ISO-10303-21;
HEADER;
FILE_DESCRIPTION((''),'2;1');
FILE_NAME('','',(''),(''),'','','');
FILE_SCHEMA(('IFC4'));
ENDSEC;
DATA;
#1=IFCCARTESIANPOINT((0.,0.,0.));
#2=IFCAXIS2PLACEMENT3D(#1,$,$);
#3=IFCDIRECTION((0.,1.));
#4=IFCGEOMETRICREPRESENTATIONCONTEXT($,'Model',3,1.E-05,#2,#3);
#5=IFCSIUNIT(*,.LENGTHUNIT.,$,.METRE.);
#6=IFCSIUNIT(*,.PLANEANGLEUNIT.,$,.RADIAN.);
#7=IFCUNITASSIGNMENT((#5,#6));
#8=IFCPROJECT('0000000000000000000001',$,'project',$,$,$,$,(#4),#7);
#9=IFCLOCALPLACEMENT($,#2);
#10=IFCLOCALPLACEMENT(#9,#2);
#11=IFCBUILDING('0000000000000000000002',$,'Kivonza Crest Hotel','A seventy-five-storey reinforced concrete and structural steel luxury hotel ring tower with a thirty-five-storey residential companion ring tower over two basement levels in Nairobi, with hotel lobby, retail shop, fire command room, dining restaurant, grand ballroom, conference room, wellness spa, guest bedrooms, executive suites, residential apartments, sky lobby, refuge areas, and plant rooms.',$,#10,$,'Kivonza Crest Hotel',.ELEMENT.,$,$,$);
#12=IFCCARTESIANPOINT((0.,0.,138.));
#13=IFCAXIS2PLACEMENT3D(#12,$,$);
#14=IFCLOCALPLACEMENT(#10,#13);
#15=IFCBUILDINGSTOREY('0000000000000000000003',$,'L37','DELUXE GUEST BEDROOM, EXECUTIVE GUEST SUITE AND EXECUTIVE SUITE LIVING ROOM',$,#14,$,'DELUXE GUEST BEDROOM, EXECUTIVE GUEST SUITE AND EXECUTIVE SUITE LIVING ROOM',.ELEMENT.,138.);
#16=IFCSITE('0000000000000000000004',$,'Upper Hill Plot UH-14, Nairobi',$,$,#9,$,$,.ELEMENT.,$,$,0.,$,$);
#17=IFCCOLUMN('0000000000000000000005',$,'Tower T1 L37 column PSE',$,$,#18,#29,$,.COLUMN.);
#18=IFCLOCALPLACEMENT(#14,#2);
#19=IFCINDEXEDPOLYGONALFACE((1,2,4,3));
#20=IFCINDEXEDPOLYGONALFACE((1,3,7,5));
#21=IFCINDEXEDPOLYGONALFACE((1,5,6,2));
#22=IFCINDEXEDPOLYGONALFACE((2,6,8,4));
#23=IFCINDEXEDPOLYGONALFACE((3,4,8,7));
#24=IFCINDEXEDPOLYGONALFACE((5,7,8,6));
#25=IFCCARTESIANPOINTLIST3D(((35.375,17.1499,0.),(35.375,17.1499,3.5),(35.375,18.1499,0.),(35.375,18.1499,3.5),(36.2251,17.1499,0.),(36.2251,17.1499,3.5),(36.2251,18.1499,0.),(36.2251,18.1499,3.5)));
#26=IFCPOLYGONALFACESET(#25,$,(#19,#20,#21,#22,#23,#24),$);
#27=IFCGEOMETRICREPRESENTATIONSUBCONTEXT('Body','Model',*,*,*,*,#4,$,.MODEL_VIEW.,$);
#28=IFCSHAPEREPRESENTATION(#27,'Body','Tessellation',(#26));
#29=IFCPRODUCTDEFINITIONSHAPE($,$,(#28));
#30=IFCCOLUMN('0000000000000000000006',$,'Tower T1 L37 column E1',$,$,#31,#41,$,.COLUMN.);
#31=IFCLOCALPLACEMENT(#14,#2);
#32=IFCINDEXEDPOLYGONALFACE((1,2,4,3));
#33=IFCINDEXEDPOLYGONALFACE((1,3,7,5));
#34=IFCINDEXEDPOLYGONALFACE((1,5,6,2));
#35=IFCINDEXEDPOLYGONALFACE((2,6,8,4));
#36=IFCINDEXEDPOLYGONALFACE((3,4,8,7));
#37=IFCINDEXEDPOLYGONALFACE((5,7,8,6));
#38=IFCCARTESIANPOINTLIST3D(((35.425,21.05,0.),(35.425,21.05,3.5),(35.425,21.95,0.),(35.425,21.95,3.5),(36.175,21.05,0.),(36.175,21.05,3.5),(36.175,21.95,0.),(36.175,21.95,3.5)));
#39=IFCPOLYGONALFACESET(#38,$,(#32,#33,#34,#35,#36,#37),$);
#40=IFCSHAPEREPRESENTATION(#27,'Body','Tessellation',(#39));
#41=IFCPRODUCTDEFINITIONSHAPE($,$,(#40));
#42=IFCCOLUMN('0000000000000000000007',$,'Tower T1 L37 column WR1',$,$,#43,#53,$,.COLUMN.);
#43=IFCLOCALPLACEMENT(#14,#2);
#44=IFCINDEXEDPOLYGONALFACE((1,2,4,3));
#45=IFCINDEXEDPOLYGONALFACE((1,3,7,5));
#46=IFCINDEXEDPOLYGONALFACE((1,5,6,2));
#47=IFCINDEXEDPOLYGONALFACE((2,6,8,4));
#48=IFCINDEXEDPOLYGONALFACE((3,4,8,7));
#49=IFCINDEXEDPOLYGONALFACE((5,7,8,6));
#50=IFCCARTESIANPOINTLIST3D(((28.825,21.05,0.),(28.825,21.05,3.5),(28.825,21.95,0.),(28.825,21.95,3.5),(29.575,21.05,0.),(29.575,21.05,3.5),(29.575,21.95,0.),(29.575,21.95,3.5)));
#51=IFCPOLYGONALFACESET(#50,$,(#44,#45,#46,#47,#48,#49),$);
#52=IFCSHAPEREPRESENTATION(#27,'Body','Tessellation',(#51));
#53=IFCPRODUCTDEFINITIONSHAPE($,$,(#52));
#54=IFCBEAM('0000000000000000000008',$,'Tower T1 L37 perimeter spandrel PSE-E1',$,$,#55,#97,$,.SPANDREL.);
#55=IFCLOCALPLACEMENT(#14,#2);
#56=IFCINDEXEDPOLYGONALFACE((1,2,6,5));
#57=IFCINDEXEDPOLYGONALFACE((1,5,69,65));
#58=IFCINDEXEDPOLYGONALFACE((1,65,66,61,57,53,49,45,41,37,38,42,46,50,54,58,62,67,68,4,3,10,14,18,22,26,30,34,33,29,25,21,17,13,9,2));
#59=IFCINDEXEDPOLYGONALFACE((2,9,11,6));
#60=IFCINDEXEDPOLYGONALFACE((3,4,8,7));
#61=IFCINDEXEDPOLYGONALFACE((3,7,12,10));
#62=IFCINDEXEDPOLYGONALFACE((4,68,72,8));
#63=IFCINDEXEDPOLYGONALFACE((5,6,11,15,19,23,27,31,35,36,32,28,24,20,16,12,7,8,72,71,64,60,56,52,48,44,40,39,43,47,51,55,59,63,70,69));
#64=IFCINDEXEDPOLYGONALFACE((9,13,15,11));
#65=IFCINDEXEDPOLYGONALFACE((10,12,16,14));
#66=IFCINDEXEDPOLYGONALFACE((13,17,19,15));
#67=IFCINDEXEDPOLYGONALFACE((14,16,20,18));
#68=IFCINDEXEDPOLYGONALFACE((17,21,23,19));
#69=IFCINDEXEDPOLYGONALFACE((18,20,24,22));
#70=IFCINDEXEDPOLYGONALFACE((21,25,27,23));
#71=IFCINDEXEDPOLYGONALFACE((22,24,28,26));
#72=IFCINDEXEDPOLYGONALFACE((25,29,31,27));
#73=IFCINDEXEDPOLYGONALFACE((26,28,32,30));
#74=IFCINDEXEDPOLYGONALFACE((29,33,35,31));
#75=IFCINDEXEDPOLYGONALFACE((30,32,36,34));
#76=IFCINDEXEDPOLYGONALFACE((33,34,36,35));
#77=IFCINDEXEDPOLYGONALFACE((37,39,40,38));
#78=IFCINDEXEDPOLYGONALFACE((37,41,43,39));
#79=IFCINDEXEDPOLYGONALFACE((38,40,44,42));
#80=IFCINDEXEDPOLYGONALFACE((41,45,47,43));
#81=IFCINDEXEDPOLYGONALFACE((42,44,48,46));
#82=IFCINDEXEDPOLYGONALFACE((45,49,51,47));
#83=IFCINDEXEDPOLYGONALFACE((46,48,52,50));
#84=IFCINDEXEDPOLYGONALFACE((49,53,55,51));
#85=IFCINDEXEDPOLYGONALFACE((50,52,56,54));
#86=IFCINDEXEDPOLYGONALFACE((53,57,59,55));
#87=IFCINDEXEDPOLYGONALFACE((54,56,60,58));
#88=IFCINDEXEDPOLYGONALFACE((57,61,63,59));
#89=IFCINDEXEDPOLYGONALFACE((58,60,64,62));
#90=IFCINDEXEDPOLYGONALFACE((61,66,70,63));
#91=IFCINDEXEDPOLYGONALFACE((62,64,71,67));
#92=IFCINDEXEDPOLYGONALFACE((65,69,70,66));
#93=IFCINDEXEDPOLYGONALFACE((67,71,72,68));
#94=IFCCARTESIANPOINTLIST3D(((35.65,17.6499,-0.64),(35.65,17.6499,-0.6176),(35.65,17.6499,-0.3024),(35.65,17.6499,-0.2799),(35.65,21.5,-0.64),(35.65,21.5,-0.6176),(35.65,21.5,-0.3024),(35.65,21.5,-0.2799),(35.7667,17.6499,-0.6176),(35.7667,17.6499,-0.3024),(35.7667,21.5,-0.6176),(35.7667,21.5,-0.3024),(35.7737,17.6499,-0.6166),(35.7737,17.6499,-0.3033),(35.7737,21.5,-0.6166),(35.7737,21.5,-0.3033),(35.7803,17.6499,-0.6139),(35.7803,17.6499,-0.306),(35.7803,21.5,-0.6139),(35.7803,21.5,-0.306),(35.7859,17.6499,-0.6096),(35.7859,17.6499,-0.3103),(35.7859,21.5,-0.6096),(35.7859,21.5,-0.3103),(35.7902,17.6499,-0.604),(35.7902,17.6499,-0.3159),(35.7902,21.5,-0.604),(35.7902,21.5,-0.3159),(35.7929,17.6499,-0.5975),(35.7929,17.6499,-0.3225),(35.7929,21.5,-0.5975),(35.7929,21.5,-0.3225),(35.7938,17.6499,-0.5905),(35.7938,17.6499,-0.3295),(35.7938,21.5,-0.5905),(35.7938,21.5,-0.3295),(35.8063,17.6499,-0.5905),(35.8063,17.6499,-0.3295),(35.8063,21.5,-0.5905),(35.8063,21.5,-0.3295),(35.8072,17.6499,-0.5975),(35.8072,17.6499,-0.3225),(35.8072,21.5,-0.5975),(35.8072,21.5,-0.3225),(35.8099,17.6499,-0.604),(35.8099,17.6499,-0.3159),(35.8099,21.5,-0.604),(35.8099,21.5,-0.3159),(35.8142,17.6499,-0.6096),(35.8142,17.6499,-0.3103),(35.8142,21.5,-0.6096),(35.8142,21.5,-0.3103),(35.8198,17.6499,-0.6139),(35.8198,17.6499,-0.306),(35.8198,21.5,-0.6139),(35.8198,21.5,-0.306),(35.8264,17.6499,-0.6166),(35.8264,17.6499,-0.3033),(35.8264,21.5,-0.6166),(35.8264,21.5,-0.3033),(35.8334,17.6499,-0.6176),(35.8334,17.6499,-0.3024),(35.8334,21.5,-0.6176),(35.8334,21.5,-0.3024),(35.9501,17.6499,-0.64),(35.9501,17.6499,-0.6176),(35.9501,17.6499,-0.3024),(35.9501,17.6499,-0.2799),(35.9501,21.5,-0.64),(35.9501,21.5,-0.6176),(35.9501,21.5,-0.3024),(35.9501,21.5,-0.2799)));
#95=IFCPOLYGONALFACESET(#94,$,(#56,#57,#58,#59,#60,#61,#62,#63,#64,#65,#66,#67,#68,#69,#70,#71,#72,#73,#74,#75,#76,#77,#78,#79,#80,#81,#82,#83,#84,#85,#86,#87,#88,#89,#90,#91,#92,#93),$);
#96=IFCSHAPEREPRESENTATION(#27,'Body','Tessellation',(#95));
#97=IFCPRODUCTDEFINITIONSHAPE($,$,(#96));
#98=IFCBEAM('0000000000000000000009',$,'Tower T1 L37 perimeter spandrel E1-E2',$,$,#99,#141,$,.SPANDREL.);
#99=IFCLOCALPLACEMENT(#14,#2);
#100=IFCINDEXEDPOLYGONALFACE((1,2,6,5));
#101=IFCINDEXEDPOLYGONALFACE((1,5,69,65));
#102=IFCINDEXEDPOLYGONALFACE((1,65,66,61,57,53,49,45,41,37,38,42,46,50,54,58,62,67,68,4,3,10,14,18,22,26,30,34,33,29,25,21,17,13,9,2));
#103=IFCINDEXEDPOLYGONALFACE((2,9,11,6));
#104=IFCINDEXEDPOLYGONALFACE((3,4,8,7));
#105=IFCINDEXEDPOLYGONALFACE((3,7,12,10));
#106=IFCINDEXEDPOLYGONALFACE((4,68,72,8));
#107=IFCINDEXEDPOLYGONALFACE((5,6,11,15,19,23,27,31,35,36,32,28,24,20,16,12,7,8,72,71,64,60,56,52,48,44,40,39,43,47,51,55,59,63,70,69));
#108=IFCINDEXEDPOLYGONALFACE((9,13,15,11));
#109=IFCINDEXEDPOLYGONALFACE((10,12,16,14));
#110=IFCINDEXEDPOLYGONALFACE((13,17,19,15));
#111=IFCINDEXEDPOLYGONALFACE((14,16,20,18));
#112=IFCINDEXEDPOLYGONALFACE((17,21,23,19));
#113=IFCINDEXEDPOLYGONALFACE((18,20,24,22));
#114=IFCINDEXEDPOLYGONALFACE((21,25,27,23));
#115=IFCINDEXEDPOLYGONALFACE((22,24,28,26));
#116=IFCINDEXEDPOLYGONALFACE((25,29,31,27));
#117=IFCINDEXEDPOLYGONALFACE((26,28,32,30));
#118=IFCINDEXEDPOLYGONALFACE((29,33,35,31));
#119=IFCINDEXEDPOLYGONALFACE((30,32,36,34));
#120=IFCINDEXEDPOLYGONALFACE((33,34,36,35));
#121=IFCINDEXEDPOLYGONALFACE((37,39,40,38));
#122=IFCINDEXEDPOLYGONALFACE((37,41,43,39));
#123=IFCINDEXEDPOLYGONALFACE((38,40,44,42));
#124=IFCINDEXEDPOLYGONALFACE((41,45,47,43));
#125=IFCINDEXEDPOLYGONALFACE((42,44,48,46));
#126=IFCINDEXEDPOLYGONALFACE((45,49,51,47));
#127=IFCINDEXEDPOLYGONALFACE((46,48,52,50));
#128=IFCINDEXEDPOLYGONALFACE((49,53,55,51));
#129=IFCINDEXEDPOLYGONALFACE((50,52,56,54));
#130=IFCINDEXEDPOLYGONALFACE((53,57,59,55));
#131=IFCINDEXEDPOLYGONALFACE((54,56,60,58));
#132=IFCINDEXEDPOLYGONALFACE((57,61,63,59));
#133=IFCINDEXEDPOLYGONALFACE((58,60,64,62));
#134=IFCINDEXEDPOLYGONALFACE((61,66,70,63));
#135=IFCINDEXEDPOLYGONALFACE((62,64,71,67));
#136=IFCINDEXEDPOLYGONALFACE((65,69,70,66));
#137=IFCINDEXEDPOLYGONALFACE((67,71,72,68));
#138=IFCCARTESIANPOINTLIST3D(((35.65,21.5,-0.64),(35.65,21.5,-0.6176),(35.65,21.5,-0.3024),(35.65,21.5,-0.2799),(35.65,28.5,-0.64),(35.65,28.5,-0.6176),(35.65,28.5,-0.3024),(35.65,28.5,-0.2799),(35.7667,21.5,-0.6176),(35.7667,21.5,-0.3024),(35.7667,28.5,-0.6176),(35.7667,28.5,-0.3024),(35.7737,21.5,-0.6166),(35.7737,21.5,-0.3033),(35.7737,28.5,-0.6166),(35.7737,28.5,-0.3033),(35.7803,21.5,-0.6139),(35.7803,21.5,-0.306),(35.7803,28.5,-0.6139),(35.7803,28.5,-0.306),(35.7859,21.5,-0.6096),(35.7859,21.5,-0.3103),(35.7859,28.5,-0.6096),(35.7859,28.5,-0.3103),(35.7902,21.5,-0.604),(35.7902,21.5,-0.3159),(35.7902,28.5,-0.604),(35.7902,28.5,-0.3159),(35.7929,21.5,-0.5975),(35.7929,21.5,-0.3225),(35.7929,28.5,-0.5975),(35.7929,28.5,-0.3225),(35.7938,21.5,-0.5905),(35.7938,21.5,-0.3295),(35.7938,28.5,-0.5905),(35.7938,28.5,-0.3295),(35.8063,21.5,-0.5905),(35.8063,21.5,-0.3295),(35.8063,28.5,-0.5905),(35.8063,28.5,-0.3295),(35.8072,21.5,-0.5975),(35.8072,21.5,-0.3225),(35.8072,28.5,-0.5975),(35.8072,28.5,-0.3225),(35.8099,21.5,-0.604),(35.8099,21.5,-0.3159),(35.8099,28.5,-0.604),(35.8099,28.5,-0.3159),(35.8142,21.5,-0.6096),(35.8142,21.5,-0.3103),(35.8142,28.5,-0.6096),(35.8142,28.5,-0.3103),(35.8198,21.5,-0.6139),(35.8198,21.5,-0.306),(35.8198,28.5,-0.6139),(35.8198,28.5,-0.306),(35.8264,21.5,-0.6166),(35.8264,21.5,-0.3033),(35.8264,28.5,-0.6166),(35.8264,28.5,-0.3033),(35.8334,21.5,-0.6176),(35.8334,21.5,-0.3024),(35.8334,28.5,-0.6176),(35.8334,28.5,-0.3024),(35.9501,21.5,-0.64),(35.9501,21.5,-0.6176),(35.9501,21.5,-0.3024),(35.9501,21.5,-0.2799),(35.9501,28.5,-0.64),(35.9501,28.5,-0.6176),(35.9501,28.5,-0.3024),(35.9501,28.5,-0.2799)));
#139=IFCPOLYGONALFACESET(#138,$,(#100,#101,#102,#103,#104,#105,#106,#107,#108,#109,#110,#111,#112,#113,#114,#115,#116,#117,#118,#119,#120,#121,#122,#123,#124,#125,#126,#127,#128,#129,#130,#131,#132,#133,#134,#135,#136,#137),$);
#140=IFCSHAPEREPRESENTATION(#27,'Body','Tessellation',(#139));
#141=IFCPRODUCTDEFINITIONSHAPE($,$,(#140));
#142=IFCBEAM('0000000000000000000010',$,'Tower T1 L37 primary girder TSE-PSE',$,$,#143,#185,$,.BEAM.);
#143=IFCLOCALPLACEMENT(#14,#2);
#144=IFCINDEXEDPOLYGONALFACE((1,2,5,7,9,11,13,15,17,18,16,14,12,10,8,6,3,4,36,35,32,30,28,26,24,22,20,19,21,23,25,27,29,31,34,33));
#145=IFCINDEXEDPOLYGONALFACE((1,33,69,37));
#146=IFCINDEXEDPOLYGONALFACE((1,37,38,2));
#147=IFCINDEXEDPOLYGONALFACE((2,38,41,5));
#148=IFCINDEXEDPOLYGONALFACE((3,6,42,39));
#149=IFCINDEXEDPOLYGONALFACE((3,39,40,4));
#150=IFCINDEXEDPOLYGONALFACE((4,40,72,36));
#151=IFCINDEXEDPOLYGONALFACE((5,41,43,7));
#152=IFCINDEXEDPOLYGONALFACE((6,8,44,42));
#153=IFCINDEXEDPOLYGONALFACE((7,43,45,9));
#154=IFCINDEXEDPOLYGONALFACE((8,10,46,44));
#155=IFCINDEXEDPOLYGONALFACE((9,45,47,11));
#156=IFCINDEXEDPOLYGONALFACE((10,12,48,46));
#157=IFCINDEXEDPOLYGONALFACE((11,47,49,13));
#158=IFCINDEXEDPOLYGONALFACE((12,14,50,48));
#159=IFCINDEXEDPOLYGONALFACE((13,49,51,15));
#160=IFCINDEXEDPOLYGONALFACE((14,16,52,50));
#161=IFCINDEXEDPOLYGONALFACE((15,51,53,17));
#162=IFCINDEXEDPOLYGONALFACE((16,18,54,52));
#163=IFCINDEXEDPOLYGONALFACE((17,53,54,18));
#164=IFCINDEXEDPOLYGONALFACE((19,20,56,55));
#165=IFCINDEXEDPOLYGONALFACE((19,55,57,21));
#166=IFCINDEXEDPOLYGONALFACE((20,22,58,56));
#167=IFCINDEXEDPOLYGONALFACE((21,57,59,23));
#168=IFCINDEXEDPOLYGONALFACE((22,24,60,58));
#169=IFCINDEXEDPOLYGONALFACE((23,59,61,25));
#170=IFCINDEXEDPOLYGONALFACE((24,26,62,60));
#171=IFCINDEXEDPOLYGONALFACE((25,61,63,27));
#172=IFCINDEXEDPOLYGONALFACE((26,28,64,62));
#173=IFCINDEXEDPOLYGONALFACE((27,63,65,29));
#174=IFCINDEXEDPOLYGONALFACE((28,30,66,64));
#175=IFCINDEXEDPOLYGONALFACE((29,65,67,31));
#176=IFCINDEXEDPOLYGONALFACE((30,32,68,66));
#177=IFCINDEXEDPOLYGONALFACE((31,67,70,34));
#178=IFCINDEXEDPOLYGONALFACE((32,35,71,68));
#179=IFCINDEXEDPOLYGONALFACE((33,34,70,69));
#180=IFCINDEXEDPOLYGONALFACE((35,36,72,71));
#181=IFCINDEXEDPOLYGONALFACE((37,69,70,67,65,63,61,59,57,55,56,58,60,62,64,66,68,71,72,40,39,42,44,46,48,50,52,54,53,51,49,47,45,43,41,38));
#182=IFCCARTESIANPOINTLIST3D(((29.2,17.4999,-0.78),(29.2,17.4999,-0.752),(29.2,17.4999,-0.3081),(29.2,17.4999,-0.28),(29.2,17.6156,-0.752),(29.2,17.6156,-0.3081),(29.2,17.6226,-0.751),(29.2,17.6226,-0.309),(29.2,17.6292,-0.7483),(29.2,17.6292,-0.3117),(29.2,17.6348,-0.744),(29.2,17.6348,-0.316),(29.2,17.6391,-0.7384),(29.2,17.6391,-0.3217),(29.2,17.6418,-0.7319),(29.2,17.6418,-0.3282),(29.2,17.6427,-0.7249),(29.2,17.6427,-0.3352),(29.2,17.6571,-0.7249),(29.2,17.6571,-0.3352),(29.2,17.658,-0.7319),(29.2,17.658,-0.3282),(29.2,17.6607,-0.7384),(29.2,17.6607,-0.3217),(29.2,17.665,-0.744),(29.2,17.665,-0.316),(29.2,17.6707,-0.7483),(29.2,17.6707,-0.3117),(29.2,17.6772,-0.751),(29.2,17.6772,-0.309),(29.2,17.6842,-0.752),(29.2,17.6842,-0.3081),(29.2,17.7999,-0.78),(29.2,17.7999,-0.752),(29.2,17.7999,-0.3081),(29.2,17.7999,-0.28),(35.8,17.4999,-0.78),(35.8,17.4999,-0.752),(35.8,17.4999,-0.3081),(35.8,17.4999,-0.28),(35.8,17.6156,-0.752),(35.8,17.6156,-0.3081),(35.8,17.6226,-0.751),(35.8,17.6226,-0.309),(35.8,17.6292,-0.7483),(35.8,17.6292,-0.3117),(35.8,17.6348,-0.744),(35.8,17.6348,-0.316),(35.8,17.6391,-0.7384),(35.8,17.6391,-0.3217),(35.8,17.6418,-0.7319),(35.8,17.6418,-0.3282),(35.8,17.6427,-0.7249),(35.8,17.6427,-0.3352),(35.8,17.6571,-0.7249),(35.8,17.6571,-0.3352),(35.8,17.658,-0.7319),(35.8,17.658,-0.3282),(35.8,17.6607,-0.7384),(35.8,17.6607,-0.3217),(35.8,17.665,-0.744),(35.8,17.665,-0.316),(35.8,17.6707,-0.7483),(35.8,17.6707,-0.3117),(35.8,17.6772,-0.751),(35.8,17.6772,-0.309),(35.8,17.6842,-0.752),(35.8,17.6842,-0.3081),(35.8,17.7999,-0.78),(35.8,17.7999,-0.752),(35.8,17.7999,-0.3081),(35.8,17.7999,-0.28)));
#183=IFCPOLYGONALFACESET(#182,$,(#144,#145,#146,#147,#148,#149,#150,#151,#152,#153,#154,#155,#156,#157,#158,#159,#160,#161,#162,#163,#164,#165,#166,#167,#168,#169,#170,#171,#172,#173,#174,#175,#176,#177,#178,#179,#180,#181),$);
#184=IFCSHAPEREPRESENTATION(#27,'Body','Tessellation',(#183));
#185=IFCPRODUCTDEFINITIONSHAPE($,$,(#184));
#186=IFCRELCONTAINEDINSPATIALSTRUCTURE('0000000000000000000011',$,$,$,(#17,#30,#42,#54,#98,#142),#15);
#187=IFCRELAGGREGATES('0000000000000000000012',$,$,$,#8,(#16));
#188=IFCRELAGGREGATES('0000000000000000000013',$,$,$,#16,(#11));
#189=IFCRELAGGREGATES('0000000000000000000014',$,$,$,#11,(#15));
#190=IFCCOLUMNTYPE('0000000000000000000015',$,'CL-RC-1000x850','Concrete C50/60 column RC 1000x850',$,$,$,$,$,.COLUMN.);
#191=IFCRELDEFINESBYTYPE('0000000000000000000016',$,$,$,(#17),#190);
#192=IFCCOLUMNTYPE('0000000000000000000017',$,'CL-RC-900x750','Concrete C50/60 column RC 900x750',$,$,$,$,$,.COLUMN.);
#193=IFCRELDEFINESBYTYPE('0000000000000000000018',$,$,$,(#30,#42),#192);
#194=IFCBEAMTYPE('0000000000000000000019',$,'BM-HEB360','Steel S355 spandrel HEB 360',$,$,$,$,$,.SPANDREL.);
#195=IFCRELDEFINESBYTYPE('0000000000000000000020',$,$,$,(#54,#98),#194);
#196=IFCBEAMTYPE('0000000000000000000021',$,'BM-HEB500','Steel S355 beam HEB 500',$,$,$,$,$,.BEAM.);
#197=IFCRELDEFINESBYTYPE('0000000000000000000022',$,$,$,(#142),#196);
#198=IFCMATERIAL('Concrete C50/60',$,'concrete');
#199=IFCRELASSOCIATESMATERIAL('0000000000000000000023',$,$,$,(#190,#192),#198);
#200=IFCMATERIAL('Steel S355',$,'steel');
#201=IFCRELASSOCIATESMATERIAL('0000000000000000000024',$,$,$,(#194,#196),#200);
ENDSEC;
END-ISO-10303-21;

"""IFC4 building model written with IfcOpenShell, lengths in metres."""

from ifc_helpers import new_model, si_unit, direction, frame, origin, origin_2d, place, context, subcontext, project, spatial, rectangle, i_section, extrude, material, material_profile, profile_set, type_object, element, save


model = new_model("IFC4")

# Units and contexts
model_context = context("Model", 3, precision=1e-05, world=origin(), true_north=direction((0.0, 1.0)))
body_context = subcontext(model_context, "Body", "Model", "MODEL_VIEW")
ifc_project = project(units=[si_unit("LENGTHUNIT", "METRE"), si_unit("PLANEANGLEUNIT", "RADIAN")], contexts=[model_context])

# Site, building, storey
site_placement = place(None, origin())
site = spatial("IfcSite", under=ifc_project, at=site_placement, Name="Upper Hill Plot UH-14, Nairobi", CompositionType="ELEMENT", RefElevation=0.0)
building_placement = place(site_placement, origin())
building = spatial("IfcBuilding", under=site, at=building_placement, Name="Kivonza Crest Hotel", Description="A seventy-five-storey reinforced concrete and structural steel luxury hotel ring tower with a thirty-five-storey residential companion ring tower over two basement levels in Nairobi, with hotel lobby, retail shop, fire command room, dining restaurant, grand ballroom, conference room, wellness spa, guest bedrooms, executive suites, residential apartments, sky lobby, refuge areas, and plant rooms.", LongName="Kivonza Crest Hotel", CompositionType="ELEMENT")
storey_placement = place(building_placement, frame((0.0, 0.0, 138.0)))
storey = spatial("IfcBuildingStorey", under=building, at=storey_placement, Name="L37", Description="DELUXE GUEST BEDROOM, EXECUTIVE GUEST SUITE AND EXECUTIVE SUITE LIVING ROOM", LongName="DELUXE GUEST BEDROOM, EXECUTIVE GUEST SUITE AND EXECUTIVE SUITE LIVING ROOM", CompositionType="ELEMENT", Elevation=138.0)

# Columns
ifc_material_1 = material(Name="Concrete C50/60", Category="concrete")
ifc_material_profile_1 = material_profile(ifc_material_1, rectangle(XDim=0.8501, YDim=1.0, at=origin_2d()), Name="RC 1000x850")
ifc_profile_set_1 = profile_set([ifc_material_profile_1], Name="Concrete C50/60")
column_type_1 = type_object("IfcColumnType", Name="CL-RC-1000x850", Description="Concrete C50/60 column RC 1000x850", PredefinedType="COLUMN", material=ifc_profile_set_1)
column_placement = place(storey_placement, frame((35.8, 17.6499, 0.0), z_axis=(0.0, 0.0, 1.0), x_axis=(1.0, 0.0, 0.0)))
element("IfcColumn", 1, at=column_placement, inside=storey, type_object=column_type_1, Name="Tower T1 L37 column PSE", PredefinedType="COLUMN", context=body_context, shape_type="SweptSolid", body=[
    extrude(rectangle(XDim=0.8501, YDim=1.0, at=origin_2d()), origin(), (0.0, 0.0, 1.0), 3.5),
])
ifc_material_profile_2 = material_profile(ifc_material_1, rectangle(XDim=0.75, YDim=0.8999, at=origin_2d()), Name="RC 900x750")
ifc_profile_set_2 = profile_set([ifc_material_profile_2], Name="Concrete C50/60")
column_type_2 = type_object("IfcColumnType", Name="CL-RC-900x750", Description="Concrete C50/60 column RC 900x750", PredefinedType="COLUMN", material=ifc_profile_set_2)
for number, where, z_axis, x_axis, name in (
    (2, (35.8, 21.5, 0.0), (0.0, 0.0, 1.0), (1.0, 0.0, 0.0), "Tower T1 L37 column E1"),
    (3, (29.2, 21.5, 0.0), (0.0, 0.0, 1.0), (1.0, 0.0, 0.0), "Tower T1 L37 column WR1"),
):
    element("IfcColumn", number, at=place(storey_placement, frame(where, z_axis=z_axis, x_axis=x_axis)), inside=storey, type_object=column_type_2, Name=name, PredefinedType="COLUMN", context=body_context, shape_type="SweptSolid", body=[
        extrude(rectangle(XDim=0.75, YDim=0.8999, at=origin_2d()), origin(), (0.0, 0.0, 1.0), 3.5),
    ])

# Beams
ifc_material_2 = material(Name="Steel S355", Category="steel")
ifc_material_profile_3 = material_profile(ifc_material_2, i_section(OverallWidth=0.3, OverallDepth=0.3601, WebThickness=0.0125, FlangeThickness=0.0225, FilletRadius=0.0271, at=origin_2d()), Name="HEB 360")
ifc_profile_set_3 = profile_set([ifc_material_profile_3], Name="Steel S355")
beam_type_1 = type_object("IfcBeamType", Name="BM-HEB360", Description="Steel S355 spandrel HEB 360", PredefinedType="SPANDREL", material=ifc_profile_set_3)
beam_1_placement = place(storey_placement, frame((35.8, 17.6499, -0.46), z_axis=(0.0, 1.0, 0.0), x_axis=(-1.0, 0.0, 0.0)))
element("IfcBeam", 4, at=beam_1_placement, inside=storey, type_object=beam_type_1, Name="Tower T1 L37 perimeter spandrel PSE-E1", PredefinedType="SPANDREL", context=body_context, shape_type="SweptSolid", body=[
    extrude(i_section(OverallWidth=0.3, OverallDepth=0.3601, WebThickness=0.0125, FlangeThickness=0.0225, FilletRadius=0.0271, at=origin_2d()), origin(), (0.0, 0.0, 1.0), 3.8501),
])
beam_2_placement = place(storey_placement, frame((35.8, 21.5, -0.46), z_axis=(0.0, 1.0, 0.0), x_axis=(-1.0, 0.0, 0.0)))
element("IfcBeam", 5, at=beam_2_placement, inside=storey, type_object=beam_type_1, Name="Tower T1 L37 perimeter spandrel E1-E2", PredefinedType="SPANDREL", context=body_context, shape_type="SweptSolid", body=[
    extrude(i_section(OverallWidth=0.3, OverallDepth=0.3601, WebThickness=0.0125, FlangeThickness=0.0225, FilletRadius=0.0271, at=origin_2d()), origin(), (0.0, 0.0, 1.0), 7.0),
])
ifc_material_profile_4 = material_profile(ifc_material_2, i_section(OverallWidth=0.3, OverallDepth=0.5, WebThickness=0.0144, FlangeThickness=0.0281, FilletRadius=0.0271, at=origin_2d()), Name="HEB 500")
ifc_profile_set_4 = profile_set([ifc_material_profile_4], Name="Steel S355")
beam_type_2 = type_object("IfcBeamType", Name="BM-HEB500", Description="Steel S355 beam HEB 500", PredefinedType="BEAM", material=ifc_profile_set_4)
beam_3_placement = place(storey_placement, frame((29.2, 17.6499, -0.53), z_axis=(1.0, 0.0, 0.0), x_axis=(0.0, 1.0, 0.0)))
element("IfcBeam", 6, at=beam_3_placement, inside=storey, type_object=beam_type_2, Name="Tower T1 L37 primary girder TSE-PSE", PredefinedType="BEAM", context=body_context, shape_type="SweptSolid", body=[
    extrude(i_section(OverallWidth=0.3, OverallDepth=0.5, WebThickness=0.0144, FlangeThickness=0.0281, FilletRadius=0.0271, at=origin_2d()), origin(), (0.0, 0.0, 1.0), 6.6001),
])

save(model, "model.ifc")
